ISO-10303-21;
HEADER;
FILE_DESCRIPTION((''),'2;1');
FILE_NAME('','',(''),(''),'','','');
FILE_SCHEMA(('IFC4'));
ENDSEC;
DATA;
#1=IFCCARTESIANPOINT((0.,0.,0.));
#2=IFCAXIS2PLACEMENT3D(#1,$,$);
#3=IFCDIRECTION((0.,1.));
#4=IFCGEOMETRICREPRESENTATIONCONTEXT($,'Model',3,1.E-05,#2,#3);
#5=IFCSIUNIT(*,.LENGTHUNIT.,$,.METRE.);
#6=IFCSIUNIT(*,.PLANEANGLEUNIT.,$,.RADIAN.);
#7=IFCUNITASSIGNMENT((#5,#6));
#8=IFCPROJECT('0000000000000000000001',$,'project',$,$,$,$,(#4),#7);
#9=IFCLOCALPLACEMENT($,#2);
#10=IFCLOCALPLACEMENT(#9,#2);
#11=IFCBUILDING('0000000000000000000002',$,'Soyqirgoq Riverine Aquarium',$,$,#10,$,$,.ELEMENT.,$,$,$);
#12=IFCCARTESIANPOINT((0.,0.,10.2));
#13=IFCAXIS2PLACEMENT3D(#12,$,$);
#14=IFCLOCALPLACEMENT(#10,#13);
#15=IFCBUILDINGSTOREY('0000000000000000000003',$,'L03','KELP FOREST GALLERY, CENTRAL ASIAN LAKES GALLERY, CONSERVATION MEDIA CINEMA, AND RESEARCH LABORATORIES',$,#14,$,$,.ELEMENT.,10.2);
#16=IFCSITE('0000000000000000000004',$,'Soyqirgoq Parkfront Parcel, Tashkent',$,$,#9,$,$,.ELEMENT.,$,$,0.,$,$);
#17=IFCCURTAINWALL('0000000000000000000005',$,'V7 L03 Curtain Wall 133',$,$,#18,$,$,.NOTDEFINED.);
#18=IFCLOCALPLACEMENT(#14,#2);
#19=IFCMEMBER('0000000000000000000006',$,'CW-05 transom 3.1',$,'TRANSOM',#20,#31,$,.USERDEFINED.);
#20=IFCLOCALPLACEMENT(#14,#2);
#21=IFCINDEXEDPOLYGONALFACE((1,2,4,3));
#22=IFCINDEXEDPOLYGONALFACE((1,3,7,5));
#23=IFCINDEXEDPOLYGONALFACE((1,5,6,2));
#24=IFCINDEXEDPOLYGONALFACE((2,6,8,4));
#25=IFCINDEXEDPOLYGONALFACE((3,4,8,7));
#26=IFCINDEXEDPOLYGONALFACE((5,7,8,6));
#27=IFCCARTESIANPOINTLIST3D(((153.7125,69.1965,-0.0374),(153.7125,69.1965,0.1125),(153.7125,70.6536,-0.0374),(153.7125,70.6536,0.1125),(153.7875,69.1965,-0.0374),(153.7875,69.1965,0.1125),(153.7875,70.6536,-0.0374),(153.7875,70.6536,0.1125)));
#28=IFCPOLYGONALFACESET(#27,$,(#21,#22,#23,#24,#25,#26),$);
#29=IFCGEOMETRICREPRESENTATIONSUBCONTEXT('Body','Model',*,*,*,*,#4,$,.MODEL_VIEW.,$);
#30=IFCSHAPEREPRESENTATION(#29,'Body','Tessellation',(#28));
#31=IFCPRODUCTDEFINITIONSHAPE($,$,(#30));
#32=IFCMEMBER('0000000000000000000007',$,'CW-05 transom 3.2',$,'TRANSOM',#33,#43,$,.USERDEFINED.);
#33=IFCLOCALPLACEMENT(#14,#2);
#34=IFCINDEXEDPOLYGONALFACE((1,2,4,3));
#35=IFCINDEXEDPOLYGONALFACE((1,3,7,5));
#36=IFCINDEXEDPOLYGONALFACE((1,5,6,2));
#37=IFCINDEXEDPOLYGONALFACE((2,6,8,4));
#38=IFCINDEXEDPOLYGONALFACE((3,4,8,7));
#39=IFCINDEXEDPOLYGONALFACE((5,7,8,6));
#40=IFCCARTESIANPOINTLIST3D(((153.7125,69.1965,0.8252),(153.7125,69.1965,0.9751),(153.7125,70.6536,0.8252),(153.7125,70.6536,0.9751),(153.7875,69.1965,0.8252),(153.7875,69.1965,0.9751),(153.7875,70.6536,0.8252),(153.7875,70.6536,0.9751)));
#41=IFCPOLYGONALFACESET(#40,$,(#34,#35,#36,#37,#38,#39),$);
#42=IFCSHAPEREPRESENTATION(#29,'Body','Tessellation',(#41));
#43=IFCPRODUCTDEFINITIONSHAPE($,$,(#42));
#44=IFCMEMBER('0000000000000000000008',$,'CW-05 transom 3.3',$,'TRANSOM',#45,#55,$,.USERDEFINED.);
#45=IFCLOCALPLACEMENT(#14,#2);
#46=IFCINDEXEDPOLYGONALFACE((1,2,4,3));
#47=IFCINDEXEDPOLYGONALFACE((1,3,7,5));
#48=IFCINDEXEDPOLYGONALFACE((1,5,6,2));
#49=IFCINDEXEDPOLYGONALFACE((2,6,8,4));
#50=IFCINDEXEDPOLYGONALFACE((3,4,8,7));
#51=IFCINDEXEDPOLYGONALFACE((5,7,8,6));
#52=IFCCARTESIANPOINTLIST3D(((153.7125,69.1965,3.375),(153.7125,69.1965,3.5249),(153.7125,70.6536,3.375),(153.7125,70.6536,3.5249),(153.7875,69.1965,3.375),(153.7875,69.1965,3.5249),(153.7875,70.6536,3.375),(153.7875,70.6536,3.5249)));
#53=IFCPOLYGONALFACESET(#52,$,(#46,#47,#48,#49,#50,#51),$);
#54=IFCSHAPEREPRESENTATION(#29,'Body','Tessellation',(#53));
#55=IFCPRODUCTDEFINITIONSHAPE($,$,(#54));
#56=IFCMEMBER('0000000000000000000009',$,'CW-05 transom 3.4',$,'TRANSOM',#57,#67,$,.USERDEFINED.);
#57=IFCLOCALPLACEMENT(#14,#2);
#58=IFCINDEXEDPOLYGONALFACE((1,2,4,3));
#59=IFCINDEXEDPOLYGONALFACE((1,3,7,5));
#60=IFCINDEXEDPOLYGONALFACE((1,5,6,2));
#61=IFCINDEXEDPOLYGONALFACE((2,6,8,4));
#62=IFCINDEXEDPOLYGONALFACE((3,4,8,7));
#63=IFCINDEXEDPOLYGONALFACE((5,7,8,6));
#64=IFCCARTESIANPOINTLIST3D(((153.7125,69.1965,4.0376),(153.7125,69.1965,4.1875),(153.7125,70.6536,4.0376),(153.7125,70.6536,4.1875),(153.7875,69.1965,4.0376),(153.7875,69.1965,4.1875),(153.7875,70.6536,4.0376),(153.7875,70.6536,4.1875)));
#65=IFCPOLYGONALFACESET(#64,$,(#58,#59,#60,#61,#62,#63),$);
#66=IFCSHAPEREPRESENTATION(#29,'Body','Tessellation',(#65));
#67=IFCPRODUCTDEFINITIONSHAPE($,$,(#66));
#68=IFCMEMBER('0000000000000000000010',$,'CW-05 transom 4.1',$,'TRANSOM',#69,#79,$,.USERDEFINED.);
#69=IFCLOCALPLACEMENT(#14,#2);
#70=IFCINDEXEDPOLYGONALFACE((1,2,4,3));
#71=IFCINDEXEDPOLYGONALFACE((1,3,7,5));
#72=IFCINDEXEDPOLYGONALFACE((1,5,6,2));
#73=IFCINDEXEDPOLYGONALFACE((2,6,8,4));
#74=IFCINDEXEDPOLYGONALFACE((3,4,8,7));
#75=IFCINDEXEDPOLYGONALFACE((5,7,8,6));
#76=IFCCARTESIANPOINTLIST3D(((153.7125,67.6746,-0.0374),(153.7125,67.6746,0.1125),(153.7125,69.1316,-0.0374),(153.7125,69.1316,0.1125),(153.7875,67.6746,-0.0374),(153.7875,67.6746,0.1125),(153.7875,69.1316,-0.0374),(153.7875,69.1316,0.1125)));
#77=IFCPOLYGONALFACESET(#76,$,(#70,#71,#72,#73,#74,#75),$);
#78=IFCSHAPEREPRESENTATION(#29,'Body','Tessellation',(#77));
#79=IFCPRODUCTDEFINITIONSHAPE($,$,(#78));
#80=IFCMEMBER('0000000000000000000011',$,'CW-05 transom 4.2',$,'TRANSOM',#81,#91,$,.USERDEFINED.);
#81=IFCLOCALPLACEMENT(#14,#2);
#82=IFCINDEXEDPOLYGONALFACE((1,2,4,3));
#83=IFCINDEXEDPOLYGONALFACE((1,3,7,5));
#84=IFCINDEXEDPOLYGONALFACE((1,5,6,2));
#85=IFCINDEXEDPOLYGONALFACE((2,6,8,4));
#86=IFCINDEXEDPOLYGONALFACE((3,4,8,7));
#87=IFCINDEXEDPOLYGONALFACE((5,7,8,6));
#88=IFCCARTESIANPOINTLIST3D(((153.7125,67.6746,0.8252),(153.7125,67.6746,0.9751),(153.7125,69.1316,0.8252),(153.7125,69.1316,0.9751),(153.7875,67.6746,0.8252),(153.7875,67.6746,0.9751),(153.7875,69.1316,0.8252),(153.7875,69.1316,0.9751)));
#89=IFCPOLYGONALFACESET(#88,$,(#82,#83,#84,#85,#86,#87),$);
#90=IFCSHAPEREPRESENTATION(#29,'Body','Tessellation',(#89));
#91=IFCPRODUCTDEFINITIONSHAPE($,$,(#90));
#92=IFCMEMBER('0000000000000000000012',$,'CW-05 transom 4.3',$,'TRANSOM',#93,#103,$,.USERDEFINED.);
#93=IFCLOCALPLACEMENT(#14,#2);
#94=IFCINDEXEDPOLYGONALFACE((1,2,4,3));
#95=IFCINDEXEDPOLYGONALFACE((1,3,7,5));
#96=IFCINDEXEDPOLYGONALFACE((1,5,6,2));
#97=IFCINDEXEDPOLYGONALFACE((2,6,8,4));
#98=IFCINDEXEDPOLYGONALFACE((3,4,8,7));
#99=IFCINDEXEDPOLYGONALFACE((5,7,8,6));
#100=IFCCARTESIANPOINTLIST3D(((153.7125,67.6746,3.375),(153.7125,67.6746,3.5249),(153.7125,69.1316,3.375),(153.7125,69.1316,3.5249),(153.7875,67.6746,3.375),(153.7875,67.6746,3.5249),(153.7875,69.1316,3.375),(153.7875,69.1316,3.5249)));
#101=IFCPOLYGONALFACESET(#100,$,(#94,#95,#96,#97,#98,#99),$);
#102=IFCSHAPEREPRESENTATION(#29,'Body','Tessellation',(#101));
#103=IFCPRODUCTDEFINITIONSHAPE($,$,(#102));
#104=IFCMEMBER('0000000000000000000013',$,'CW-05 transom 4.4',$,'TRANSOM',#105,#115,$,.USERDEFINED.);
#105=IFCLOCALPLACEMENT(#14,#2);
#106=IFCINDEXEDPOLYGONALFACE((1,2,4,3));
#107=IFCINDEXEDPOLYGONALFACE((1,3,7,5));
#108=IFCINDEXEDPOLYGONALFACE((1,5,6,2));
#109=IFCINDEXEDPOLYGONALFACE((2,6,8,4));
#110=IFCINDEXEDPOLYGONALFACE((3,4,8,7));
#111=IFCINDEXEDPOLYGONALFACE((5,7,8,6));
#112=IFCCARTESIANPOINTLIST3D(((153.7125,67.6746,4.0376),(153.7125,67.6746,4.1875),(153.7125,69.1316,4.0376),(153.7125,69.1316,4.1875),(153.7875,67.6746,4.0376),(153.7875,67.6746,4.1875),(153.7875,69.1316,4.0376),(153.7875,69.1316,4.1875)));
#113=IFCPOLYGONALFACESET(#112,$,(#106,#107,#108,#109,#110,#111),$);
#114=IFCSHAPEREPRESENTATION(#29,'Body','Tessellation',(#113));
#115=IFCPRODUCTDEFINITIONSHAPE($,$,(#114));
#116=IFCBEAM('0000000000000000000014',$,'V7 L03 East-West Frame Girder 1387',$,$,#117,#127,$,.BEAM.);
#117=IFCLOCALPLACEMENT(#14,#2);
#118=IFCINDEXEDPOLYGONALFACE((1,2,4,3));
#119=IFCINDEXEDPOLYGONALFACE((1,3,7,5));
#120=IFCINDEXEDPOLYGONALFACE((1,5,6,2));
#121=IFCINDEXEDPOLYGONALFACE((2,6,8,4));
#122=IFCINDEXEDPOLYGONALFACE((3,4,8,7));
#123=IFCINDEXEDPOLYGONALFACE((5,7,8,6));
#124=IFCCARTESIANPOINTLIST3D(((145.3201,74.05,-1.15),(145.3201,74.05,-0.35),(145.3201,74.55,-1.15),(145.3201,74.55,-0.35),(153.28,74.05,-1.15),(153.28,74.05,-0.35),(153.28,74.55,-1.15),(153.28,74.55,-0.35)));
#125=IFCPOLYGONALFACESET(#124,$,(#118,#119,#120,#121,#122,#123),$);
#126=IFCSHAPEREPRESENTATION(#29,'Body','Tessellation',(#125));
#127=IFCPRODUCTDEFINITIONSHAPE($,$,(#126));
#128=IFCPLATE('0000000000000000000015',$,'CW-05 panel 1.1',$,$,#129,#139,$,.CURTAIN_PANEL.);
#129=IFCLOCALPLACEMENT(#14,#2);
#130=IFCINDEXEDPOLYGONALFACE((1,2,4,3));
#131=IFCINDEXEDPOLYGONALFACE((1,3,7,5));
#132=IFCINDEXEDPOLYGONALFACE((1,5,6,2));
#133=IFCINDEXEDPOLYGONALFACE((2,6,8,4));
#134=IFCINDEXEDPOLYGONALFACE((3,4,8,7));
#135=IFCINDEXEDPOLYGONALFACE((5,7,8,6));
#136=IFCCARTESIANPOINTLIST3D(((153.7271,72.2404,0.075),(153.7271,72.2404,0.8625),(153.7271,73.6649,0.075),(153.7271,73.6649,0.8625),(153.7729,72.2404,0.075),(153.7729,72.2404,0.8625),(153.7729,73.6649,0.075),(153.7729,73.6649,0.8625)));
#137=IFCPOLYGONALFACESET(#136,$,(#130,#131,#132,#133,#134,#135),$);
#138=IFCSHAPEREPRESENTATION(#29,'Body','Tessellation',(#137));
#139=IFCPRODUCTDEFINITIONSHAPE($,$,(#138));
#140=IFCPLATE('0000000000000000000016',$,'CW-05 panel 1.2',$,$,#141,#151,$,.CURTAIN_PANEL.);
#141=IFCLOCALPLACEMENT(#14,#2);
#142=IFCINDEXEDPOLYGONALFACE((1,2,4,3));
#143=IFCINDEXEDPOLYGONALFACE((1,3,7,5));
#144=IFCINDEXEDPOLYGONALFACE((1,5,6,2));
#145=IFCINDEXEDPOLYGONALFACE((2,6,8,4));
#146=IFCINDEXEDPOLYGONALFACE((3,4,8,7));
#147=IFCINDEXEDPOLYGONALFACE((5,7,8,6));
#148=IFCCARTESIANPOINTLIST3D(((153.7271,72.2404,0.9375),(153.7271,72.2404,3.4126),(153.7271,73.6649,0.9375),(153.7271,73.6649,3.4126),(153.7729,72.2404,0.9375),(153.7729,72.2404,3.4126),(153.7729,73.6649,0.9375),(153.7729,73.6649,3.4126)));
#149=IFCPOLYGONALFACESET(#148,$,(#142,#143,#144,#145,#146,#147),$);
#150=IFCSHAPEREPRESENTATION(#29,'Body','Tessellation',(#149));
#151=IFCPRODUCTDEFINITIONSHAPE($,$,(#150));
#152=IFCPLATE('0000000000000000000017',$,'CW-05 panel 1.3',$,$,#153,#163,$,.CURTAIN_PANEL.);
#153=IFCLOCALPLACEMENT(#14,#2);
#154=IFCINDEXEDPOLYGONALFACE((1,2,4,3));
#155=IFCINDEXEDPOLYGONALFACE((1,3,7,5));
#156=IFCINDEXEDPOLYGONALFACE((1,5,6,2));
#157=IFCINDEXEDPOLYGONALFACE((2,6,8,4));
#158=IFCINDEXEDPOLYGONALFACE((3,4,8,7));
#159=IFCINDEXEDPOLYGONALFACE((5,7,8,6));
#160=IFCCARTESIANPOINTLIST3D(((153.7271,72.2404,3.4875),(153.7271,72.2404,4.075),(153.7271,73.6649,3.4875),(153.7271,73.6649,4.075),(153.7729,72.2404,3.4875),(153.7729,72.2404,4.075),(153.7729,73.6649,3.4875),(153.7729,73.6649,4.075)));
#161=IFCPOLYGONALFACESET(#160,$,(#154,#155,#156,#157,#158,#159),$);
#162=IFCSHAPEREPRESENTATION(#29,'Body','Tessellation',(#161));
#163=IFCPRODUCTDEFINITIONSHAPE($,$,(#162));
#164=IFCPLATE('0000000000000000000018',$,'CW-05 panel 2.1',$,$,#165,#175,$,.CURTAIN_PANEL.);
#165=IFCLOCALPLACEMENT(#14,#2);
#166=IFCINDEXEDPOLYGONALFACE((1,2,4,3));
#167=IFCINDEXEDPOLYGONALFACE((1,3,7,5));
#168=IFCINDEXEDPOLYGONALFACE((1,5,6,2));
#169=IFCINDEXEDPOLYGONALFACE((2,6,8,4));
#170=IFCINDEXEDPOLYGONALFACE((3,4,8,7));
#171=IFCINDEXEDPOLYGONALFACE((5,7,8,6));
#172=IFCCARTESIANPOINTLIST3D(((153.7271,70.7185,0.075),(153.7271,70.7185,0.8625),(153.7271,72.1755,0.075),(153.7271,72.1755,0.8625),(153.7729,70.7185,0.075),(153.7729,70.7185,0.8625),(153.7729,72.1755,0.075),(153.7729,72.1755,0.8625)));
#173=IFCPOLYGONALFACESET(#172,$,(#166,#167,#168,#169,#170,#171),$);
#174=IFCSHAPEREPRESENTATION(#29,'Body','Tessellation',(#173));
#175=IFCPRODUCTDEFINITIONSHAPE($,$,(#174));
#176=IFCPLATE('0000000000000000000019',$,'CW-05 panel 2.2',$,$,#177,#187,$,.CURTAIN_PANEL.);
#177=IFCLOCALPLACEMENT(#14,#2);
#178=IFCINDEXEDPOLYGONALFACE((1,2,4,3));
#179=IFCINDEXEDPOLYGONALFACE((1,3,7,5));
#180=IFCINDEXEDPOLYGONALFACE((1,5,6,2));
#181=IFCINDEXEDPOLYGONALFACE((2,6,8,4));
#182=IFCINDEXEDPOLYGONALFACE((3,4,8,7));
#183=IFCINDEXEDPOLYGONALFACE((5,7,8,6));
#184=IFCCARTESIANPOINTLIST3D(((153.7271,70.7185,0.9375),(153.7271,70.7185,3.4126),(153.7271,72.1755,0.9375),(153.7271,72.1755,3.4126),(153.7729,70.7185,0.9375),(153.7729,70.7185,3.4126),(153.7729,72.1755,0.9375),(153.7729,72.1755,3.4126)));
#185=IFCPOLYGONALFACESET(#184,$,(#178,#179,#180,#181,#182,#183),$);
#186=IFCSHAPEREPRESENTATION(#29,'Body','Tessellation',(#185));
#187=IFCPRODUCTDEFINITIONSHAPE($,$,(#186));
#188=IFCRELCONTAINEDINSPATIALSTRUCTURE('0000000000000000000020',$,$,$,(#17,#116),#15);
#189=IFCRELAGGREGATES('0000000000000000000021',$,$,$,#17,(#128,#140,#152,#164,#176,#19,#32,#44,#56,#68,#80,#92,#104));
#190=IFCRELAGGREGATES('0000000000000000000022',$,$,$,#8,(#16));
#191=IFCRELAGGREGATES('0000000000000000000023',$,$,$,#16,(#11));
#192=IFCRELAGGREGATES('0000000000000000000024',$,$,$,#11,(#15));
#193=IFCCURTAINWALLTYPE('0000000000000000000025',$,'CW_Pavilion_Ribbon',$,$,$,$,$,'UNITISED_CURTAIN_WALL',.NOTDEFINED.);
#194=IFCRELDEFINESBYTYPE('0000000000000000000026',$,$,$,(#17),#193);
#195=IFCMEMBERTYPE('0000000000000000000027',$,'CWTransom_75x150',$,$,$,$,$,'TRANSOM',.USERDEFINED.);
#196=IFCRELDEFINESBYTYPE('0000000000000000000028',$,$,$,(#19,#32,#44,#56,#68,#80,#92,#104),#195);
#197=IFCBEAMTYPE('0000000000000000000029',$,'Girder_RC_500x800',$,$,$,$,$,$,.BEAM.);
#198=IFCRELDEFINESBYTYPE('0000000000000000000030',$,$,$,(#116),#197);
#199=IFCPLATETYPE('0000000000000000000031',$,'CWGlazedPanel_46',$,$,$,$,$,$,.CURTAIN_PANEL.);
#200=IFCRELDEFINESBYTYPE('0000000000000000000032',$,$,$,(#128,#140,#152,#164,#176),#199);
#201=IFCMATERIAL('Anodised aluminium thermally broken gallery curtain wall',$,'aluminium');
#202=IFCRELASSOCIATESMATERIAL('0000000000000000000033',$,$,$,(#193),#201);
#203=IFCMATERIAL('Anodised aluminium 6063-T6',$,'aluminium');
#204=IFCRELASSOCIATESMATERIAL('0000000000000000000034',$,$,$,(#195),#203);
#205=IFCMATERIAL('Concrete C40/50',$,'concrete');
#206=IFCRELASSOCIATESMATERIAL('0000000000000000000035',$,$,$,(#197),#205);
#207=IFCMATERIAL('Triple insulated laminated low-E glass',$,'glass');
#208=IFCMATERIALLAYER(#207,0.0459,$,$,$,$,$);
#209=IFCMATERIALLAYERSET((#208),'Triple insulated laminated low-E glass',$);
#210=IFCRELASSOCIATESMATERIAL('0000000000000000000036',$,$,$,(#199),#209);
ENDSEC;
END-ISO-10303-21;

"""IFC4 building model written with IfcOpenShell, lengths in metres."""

from ifc_helpers import new_model, si_unit, direction, frame, origin, origin_2d, place, context, subcontext, project, spatial, rectangle, extrude, material, layer, layer_set, material_profile, profile_set, type_object, element, aggregate, save


model = new_model("IFC4")

# Units and contexts
model_context = context("Model", 3, precision=1e-05, world=origin(), true_north=direction((0.0, 1.0)))
body_context = subcontext(model_context, "Body", "Model", "MODEL_VIEW")
ifc_project = project(units=[si_unit("LENGTHUNIT", "METRE"), si_unit("PLANEANGLEUNIT", "RADIAN")], contexts=[model_context])

# Site, building, storey
site_placement = place(None, origin())
site = spatial("IfcSite", under=ifc_project, at=site_placement, Name="Soyqirgoq Parkfront Parcel, Tashkent", CompositionType="ELEMENT", RefElevation=0.0)
building_placement = place(site_placement, origin())
building = spatial("IfcBuilding", under=site, at=building_placement, Name="Soyqirgoq Riverine Aquarium", CompositionType="ELEMENT")
storey_placement = place(building_placement, frame((0.0, 0.0, 10.2)))
storey = spatial("IfcBuildingStorey", under=building, at=storey_placement, Name="L03", Description="KELP FOREST GALLERY, CENTRAL ASIAN LAKES GALLERY, CONSERVATION MEDIA CINEMA, AND RESEARCH LABORATORIES", CompositionType="ELEMENT", Elevation=10.2)

# Curtain wall, members
ifc_material_1 = material(Name="Anodised aluminium thermally broken gallery curtain wall", Category="aluminium")
curtain_wall_type = type_object("IfcCurtainWallType", Name="CW_Pavilion_Ribbon", ElementType="UNITISED_CURTAIN_WALL", PredefinedType="NOTDEFINED", material=ifc_material_1)
curtain_wall_placement = place(storey_placement, origin())
curtain_wall = element("IfcCurtainWall", 1, at=curtain_wall_placement, inside=storey, type_object=curtain_wall_type, Name="V7 L03 Curtain Wall 133", PredefinedType="NOTDEFINED")
ifc_material_2 = material(Name="Anodised aluminium 6063-T6", Category="aluminium")
ifc_material_profile_1 = material_profile(ifc_material_2, rectangle(XDim=0.075, YDim=0.1499, at=origin_2d()), Name="ALU-T 75x150")
ifc_profile_set_1 = profile_set([ifc_material_profile_1], Name="Anodised aluminium 6063-T6")
member_type_1 = type_object("IfcMemberType", Name="CWTransom_75x150", ElementType="TRANSOM", PredefinedType="USERDEFINED", material=ifc_profile_set_1)
member_1_placement = place(storey_placement, frame((153.75, 70.6536, 0.0376), z_axis=(0.0, -1.0, 0.0), x_axis=(1.0, 0.0, 0.0)))
member_1 = element("IfcMember", 2, at=member_1_placement, type_object=member_type_1, Name="CW-05 transom 3.1", ObjectType="TRANSOM", PredefinedType="USERDEFINED", context=body_context, shape_type="SweptSolid", body=[
    extrude(rectangle(XDim=0.075, YDim=0.1499, at=origin_2d()), origin(), (0.0, 0.0, 1.0), 1.457),
])
member_2_placement = place(storey_placement, frame((153.75, 70.6536, 0.9001), z_axis=(0.0, -1.0, 0.0), x_axis=(1.0, 0.0, 0.0)))
member_2 = element("IfcMember", 3, at=member_2_placement, type_object=member_type_1, Name="CW-05 transom 3.2", ObjectType="TRANSOM", PredefinedType="USERDEFINED", context=body_context, shape_type="SweptSolid", body=[
    extrude(rectangle(XDim=0.075, YDim=0.1499, at=origin_2d()), origin(), (0.0, 0.0, 1.0), 1.457),
])
member_3_placement = place(storey_placement, frame((153.75, 70.6536, 3.45), z_axis=(0.0, -1.0, 0.0), x_axis=(1.0, 0.0, 0.0)))
member_3 = element("IfcMember", 4, at=member_3_placement, type_object=member_type_1, Name="CW-05 transom 3.3", ObjectType="TRANSOM", PredefinedType="USERDEFINED", context=body_context, shape_type="SweptSolid", body=[
    extrude(rectangle(XDim=0.075, YDim=0.1499, at=origin_2d()), origin(), (0.0, 0.0, 1.0), 1.457),
])
member_4_placement = place(storey_placement, frame((153.75, 70.6536, 4.1125), z_axis=(0.0, -1.0, 0.0), x_axis=(1.0, 0.0, 0.0)))
member_4 = element("IfcMember", 5, at=member_4_placement, type_object=member_type_1, Name="CW-05 transom 3.4", ObjectType="TRANSOM", PredefinedType="USERDEFINED", context=body_context, shape_type="SweptSolid", body=[
    extrude(rectangle(XDim=0.075, YDim=0.1499, at=origin_2d()), origin(), (0.0, 0.0, 1.0), 1.457),
])
member_5_placement = place(storey_placement, frame((153.75, 69.1316, 0.0376), z_axis=(0.0, -1.0, 0.0), x_axis=(1.0, 0.0, 0.0)))
member_5 = element("IfcMember", 6, at=member_5_placement, type_object=member_type_1, Name="CW-05 transom 4.1", ObjectType="TRANSOM", PredefinedType="USERDEFINED", context=body_context, shape_type="SweptSolid", body=[
    extrude(rectangle(XDim=0.075, YDim=0.1499, at=origin_2d()), origin(), (0.0, 0.0, 1.0), 1.457),
])
member_6_placement = place(storey_placement, frame((153.75, 69.1316, 0.9001), z_axis=(0.0, -1.0, 0.0), x_axis=(1.0, 0.0, 0.0)))
member_6 = element("IfcMember", 7, at=member_6_placement, type_object=member_type_1, Name="CW-05 transom 4.2", ObjectType="TRANSOM", PredefinedType="USERDEFINED", context=body_context, shape_type="SweptSolid", body=[
    extrude(rectangle(XDim=0.075, YDim=0.1499, at=origin_2d()), origin(), (0.0, 0.0, 1.0), 1.457),
])
member_7_placement = place(storey_placement, frame((153.75, 69.1316, 3.45), z_axis=(0.0, -1.0, 0.0), x_axis=(1.0, 0.0, 0.0)))
member_7 = element("IfcMember", 8, at=member_7_placement, type_object=member_type_1, Name="CW-05 transom 4.3", ObjectType="TRANSOM", PredefinedType="USERDEFINED", context=body_context, shape_type="SweptSolid", body=[
    extrude(rectangle(XDim=0.075, YDim=0.1499, at=origin_2d()), origin(), (0.0, 0.0, 1.0), 1.457),
])
member_8_placement = place(storey_placement, frame((153.75, 69.1316, 4.1125), z_axis=(0.0, -1.0, 0.0), x_axis=(1.0, 0.0, 0.0)))
member_8 = element("IfcMember", 9, at=member_8_placement, type_object=member_type_1, Name="CW-05 transom 4.4", ObjectType="TRANSOM", PredefinedType="USERDEFINED", context=body_context, shape_type="SweptSolid", body=[
    extrude(rectangle(XDim=0.075, YDim=0.1499, at=origin_2d()), origin(), (0.0, 0.0, 1.0), 1.457),
])

# Beam
ifc_material_3 = material(Name="Concrete C40/50", Category="concrete")
ifc_material_profile_2 = material_profile(ifc_material_3, rectangle(XDim=0.5, YDim=0.8, at=origin_2d()), Name="RC 500x800")
ifc_profile_set_2 = profile_set([ifc_material_profile_2], Name="Concrete C40/50")
beam_type = type_object("IfcBeamType", Name="Girder_RC_500x800", PredefinedType="BEAM", material=ifc_profile_set_2)
beam_placement = place(storey_placement, frame((145.3201, 74.3, -0.75), z_axis=(1.0, 0.0, 0.0), x_axis=(0.0, 1.0, 0.0)))
element("IfcBeam", 10, at=beam_placement, inside=storey, type_object=beam_type, Name="V7 L03 East-West Frame Girder 1387", PredefinedType="BEAM", context=body_context, shape_type="SweptSolid", body=[
    extrude(rectangle(XDim=0.5, YDim=0.8, at=origin_2d()), origin(), (0.0, 0.0, 1.0), 7.96),
])

# Plates
ifc_material_4 = material(Name="Triple insulated laminated low-E glass", Category="glass")
ifc_layer_1 = layer(ifc_material_4, 0.0459)
ifc_layer_set_1 = layer_set([ifc_layer_1], Name="Triple insulated laminated low-E glass")
plate_type = type_object("IfcPlateType", Name="CWGlazedPanel_46", PredefinedType="CURTAIN_PANEL", material=ifc_layer_set_1)
plate_1_placement = place(storey_placement, frame((153.75, 72.9526, 0.075), z_axis=(0.0, 0.0, 1.0), x_axis=(0.0, -1.0, 0.0)))
plate_1 = element("IfcPlate", 11, at=plate_1_placement, type_object=plate_type, Name="CW-05 panel 1.1", PredefinedType="CURTAIN_PANEL", context=body_context, shape_type="SweptSolid", body=[
    extrude(rectangle(XDim=1.4246, YDim=0.0459, at=origin_2d()), origin(), (0.0, 0.0, 1.0), 0.7876),
])
plate_2_placement = place(storey_placement, frame((153.75, 72.9526, 0.9375), z_axis=(0.0, 0.0, 1.0), x_axis=(0.0, -1.0, 0.0)))
plate_2 = element("IfcPlate", 12, at=plate_2_placement, type_object=plate_type, Name="CW-05 panel 1.2", PredefinedType="CURTAIN_PANEL", context=body_context, shape_type="SweptSolid", body=[
    extrude(rectangle(XDim=1.4246, YDim=0.0459, at=origin_2d()), origin(), (0.0, 0.0, 1.0), 2.4751),
])
plate_3_placement = place(storey_placement, frame((153.75, 72.9526, 3.4875), z_axis=(0.0, 0.0, 1.0), x_axis=(0.0, -1.0, 0.0)))
plate_3 = element("IfcPlate", 13, at=plate_3_placement, type_object=plate_type, Name="CW-05 panel 1.3", PredefinedType="CURTAIN_PANEL", context=body_context, shape_type="SweptSolid", body=[
    extrude(rectangle(XDim=1.4246, YDim=0.0459, at=origin_2d()), origin(), (0.0, 0.0, 1.0), 0.5874),
])
plate_4_placement = place(storey_placement, frame((153.75, 71.447, 0.075), z_axis=(0.0, 0.0, 1.0), x_axis=(0.0, -1.0, 0.0)))
plate_4 = element("IfcPlate", 14, at=plate_4_placement, type_object=plate_type, Name="CW-05 panel 2.1", PredefinedType="CURTAIN_PANEL", context=body_context, shape_type="SweptSolid", body=[
    extrude(rectangle(XDim=1.457, YDim=0.0459, at=origin_2d()), origin(), (0.0, 0.0, 1.0), 0.7876),
])
plate_5_placement = place(storey_placement, frame((153.75, 71.447, 0.9375), z_axis=(0.0, 0.0, 1.0), x_axis=(0.0, -1.0, 0.0)))
plate_5 = element("IfcPlate", 15, at=plate_5_placement, type_object=plate_type, Name="CW-05 panel 2.2", PredefinedType="CURTAIN_PANEL", context=body_context, shape_type="SweptSolid", body=[
    extrude(rectangle(XDim=1.457, YDim=0.0459, at=origin_2d()), origin(), (0.0, 0.0, 1.0), 2.4751),
])
aggregate(curtain_wall, [plate_1, plate_2, plate_3, plate_4, plate_5, member_1, member_2, member_3, member_4, member_5, member_6, member_7, member_8])

save(model, "model.ifc")
